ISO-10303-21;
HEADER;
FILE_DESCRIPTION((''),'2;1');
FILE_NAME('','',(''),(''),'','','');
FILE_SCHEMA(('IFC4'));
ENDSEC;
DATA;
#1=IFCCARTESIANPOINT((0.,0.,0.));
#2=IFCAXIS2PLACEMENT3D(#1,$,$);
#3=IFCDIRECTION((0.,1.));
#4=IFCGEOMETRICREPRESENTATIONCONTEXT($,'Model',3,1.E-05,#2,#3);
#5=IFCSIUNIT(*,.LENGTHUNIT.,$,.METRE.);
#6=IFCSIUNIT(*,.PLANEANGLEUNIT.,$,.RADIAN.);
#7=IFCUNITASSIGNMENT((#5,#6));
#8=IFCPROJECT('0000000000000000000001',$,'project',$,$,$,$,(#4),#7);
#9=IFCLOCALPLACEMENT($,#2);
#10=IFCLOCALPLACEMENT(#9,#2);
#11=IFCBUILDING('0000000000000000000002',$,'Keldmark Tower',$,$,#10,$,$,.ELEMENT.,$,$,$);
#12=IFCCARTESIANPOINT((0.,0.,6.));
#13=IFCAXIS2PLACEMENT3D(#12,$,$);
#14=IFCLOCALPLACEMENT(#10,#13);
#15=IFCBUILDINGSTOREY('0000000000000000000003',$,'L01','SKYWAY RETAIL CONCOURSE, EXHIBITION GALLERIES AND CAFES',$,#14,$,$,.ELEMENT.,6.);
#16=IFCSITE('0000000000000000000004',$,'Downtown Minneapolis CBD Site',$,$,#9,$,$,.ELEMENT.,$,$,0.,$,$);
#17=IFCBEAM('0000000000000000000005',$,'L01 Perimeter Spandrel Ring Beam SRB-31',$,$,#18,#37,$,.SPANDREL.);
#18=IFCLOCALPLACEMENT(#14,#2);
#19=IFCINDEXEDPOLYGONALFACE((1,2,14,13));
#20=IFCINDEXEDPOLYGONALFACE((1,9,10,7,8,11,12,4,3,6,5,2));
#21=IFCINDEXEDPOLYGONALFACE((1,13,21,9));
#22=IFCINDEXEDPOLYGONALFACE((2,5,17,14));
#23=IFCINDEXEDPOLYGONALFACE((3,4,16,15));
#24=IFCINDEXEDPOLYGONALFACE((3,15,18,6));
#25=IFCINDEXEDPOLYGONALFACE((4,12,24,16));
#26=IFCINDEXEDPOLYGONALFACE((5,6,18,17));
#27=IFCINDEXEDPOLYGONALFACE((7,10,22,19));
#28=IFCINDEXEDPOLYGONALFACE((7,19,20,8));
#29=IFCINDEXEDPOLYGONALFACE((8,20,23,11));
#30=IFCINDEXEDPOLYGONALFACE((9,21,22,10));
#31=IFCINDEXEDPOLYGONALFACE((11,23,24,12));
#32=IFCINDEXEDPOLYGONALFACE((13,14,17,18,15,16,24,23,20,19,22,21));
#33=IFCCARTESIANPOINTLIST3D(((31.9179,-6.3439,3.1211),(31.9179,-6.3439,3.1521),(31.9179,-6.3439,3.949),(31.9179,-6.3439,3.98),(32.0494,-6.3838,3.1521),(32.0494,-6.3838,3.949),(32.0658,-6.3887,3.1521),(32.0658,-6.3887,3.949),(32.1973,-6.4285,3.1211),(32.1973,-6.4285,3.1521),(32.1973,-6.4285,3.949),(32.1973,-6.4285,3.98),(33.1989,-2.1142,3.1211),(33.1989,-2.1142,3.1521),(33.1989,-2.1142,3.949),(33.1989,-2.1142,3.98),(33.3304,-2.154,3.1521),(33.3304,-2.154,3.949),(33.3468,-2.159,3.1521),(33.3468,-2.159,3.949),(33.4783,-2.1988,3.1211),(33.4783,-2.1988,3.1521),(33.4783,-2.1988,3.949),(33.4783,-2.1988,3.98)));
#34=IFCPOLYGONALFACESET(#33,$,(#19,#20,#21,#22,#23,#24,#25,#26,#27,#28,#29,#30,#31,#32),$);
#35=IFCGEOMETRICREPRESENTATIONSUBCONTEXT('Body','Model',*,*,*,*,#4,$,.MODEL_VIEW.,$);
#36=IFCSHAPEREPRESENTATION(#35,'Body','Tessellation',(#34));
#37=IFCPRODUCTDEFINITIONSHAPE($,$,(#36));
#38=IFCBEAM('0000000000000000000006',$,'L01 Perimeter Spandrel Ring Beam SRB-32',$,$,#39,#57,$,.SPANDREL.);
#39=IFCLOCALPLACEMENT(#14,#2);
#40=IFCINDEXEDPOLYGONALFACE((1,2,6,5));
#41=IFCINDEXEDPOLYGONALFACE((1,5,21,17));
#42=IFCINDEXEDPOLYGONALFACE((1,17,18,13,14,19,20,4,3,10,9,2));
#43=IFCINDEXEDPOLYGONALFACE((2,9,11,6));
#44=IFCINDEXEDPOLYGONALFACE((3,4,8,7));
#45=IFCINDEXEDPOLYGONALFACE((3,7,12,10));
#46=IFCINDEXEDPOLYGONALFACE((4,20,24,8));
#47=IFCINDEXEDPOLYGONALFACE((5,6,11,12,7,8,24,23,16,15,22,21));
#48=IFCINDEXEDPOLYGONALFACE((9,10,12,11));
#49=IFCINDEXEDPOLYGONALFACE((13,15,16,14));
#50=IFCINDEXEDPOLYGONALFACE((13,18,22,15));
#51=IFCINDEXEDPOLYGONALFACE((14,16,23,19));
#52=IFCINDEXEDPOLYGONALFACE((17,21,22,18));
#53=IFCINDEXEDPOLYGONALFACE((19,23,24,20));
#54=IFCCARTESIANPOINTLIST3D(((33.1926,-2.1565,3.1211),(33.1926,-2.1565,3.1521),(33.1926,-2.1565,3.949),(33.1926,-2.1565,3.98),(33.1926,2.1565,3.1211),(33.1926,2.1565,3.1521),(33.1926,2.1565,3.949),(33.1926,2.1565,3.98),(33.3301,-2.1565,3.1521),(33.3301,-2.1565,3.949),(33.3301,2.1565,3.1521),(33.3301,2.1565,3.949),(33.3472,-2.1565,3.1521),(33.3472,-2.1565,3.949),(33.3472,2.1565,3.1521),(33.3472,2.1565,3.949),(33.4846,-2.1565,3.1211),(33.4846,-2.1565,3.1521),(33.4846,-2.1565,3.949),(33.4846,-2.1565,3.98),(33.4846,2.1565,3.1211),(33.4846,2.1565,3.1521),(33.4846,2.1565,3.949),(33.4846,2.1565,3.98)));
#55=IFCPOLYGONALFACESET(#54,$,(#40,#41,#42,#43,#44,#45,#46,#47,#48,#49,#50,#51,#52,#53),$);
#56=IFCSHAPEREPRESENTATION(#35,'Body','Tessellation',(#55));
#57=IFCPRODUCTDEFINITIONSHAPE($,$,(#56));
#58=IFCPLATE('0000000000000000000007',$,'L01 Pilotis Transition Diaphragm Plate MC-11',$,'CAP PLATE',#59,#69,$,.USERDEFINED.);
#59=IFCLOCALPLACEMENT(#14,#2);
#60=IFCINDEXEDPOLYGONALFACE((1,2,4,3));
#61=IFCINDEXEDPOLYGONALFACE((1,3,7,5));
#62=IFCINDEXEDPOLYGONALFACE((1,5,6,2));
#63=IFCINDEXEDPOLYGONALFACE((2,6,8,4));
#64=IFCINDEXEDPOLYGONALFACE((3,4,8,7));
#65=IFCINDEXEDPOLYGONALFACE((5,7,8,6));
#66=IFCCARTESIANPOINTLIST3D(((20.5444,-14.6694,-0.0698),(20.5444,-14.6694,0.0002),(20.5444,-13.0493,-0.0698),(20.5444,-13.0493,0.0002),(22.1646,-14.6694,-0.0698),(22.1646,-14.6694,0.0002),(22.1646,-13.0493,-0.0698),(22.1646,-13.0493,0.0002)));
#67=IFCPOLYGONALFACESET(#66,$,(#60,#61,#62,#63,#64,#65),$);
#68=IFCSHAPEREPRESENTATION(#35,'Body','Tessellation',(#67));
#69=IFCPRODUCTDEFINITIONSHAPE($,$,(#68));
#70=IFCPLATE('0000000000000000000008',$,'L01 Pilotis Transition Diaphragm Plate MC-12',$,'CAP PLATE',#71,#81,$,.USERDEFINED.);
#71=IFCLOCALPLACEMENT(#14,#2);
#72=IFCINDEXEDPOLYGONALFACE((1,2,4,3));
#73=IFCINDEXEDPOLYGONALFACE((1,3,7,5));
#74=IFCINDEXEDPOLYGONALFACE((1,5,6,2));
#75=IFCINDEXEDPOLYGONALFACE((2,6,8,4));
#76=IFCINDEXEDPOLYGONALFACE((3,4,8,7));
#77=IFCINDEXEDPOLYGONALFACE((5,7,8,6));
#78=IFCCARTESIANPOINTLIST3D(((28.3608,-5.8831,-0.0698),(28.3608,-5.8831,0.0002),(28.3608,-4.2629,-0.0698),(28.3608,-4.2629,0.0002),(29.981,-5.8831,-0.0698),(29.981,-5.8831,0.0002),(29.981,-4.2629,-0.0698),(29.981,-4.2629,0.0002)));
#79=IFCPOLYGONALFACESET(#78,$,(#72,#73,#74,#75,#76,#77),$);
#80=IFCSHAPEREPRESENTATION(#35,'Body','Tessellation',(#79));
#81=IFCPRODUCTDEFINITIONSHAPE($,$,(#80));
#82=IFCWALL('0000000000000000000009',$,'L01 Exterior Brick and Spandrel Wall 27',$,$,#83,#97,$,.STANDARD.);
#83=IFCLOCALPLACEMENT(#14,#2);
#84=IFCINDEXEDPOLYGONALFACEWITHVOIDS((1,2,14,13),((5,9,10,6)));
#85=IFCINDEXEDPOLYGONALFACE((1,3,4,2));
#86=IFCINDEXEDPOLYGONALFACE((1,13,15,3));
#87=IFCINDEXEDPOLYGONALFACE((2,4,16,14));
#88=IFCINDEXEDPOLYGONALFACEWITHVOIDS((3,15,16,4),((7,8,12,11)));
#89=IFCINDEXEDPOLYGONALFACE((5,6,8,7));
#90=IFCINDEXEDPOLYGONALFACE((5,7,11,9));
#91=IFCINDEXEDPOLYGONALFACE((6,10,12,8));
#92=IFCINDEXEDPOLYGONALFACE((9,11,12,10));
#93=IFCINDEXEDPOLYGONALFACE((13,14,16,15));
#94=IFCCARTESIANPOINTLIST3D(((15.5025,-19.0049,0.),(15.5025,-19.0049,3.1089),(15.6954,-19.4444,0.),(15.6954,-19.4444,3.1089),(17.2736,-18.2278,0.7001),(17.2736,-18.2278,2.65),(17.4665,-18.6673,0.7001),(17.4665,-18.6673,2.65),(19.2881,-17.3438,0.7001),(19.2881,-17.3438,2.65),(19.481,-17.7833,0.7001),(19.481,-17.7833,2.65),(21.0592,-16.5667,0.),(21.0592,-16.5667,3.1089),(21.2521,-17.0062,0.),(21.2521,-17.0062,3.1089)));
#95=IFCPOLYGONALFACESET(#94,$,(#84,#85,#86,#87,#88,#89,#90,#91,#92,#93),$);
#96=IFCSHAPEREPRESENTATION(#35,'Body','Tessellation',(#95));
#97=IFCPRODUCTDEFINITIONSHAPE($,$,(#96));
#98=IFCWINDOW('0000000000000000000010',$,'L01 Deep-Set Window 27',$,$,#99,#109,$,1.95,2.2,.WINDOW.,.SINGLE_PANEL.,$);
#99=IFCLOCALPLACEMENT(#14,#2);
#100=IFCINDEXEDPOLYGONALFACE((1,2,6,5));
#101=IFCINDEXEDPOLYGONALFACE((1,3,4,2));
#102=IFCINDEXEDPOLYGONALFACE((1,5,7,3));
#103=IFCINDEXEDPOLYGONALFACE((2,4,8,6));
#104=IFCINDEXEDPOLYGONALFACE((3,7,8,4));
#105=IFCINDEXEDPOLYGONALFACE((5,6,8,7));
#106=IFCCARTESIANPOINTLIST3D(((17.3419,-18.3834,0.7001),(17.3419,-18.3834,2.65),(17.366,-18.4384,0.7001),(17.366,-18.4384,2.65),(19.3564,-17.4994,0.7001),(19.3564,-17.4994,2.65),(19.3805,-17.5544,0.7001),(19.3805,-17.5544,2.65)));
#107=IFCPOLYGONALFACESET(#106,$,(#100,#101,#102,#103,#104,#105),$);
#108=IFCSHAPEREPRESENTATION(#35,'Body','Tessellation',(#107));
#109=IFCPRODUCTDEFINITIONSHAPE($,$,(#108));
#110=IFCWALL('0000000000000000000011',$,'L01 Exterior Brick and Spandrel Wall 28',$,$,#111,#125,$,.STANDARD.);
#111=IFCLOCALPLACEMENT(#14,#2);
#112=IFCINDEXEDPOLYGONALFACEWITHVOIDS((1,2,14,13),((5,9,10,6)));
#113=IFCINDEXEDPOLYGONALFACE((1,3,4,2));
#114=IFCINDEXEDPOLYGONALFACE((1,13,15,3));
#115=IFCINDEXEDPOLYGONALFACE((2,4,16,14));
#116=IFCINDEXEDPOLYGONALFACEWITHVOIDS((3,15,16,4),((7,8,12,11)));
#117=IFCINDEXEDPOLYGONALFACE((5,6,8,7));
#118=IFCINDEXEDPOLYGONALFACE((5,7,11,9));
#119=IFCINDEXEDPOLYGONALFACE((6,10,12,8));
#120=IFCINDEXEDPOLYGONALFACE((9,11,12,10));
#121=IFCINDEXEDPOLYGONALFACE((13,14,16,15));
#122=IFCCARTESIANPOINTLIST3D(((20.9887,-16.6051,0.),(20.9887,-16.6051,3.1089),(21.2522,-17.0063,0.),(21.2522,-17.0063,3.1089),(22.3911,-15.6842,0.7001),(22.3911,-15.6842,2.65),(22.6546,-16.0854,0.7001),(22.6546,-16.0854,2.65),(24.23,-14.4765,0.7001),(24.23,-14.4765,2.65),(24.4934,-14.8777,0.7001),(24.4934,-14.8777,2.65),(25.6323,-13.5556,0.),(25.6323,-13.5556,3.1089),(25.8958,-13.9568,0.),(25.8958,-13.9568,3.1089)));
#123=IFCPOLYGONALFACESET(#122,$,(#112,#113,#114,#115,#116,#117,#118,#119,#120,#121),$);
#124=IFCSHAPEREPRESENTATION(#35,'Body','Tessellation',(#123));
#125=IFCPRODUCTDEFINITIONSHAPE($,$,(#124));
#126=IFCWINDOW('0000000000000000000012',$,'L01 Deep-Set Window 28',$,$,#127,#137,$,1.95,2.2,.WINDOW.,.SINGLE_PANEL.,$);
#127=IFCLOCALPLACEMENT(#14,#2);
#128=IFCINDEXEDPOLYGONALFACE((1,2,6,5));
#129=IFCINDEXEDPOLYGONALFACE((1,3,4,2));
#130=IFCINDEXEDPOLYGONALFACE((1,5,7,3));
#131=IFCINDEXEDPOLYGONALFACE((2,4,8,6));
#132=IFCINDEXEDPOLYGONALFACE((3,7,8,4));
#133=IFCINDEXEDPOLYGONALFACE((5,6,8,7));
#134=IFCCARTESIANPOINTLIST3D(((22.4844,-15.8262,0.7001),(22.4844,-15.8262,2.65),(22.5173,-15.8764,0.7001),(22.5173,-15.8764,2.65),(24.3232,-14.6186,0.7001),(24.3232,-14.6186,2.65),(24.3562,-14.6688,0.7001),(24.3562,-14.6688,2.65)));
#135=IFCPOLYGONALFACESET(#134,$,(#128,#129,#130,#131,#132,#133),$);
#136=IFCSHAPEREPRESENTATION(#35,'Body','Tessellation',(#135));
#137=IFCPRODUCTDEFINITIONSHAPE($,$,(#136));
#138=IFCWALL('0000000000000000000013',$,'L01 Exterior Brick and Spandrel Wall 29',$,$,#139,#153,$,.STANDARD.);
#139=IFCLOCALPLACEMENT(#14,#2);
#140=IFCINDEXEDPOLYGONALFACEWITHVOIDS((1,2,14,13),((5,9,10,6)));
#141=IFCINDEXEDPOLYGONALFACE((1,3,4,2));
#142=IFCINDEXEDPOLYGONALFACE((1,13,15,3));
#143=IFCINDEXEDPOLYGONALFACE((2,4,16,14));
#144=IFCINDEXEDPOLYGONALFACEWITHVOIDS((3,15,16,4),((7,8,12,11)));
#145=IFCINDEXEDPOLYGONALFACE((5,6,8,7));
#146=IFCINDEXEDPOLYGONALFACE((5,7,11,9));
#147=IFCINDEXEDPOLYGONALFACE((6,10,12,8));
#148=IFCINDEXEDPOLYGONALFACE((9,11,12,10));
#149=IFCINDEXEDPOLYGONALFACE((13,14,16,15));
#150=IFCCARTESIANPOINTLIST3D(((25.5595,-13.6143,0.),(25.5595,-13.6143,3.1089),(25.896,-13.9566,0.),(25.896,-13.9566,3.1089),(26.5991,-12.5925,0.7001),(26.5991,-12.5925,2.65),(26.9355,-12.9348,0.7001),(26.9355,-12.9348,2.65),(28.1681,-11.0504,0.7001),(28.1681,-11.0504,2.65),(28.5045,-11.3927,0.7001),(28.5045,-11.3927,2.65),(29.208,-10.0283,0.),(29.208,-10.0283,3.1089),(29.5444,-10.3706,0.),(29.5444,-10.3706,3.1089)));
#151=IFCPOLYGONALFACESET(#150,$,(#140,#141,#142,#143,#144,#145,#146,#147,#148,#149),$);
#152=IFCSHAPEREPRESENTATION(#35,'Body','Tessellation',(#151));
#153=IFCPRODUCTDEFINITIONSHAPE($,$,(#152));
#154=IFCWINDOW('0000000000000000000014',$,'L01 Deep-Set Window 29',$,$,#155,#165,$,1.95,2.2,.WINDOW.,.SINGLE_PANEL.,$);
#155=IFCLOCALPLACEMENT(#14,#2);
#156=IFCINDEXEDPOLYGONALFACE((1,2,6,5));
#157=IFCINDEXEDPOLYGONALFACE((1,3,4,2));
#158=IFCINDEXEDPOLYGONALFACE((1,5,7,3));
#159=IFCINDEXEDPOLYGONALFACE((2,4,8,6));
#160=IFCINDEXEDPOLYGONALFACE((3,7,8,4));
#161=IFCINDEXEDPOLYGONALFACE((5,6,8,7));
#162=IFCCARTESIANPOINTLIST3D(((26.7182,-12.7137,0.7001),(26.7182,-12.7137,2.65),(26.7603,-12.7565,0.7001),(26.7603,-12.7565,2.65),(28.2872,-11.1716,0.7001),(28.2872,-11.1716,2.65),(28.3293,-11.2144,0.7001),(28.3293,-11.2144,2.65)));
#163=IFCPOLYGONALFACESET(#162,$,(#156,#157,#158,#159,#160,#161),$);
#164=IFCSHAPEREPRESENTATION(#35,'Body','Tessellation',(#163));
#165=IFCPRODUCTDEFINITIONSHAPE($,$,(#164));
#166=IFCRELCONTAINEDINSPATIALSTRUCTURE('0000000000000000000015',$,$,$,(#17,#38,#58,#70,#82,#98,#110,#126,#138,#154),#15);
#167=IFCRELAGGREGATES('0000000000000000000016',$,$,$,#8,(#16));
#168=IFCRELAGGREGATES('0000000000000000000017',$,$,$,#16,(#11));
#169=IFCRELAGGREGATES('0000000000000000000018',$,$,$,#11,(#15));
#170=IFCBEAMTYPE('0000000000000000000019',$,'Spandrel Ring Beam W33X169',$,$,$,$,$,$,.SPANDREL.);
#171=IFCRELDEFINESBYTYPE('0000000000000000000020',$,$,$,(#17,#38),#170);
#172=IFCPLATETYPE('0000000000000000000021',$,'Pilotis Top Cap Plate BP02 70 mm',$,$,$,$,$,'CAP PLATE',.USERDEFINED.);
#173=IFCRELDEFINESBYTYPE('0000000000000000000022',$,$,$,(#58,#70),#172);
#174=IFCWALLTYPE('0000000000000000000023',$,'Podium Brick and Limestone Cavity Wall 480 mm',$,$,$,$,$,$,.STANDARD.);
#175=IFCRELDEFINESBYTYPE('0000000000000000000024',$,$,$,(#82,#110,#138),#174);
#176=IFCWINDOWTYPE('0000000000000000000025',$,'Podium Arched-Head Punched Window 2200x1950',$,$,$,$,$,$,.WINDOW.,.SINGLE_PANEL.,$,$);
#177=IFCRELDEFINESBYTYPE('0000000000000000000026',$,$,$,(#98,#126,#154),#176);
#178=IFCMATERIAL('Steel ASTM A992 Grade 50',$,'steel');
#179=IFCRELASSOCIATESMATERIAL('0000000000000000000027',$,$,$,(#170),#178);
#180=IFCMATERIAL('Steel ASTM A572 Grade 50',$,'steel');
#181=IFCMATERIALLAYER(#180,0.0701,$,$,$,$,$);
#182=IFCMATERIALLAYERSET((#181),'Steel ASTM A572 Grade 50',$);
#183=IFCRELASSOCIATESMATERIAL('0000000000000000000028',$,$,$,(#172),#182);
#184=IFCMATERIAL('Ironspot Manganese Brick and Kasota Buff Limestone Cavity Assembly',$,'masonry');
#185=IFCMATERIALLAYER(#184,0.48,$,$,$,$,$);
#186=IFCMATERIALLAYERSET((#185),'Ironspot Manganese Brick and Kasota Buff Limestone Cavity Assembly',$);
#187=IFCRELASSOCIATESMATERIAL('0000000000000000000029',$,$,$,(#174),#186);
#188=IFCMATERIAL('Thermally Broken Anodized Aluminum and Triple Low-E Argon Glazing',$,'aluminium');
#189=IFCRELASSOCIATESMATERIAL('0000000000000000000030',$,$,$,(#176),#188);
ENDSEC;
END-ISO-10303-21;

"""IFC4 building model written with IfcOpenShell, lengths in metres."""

from ifc_helpers import new_model, si_unit, direction, frame, frame_2d, origin, origin_2d, place, context, subcontext, project, spatial, rectangle, i_section, extrude, material, layer, layer_set, material_profile, profile_set, type_object, element, fill, save


model = new_model("IFC4")

# Units and contexts
model_context = context("Model", 3, precision=1e-05, world=origin(), true_north=direction((0.0, 1.0)))
body_context = subcontext(model_context, "Body", "Model", "MODEL_VIEW")
ifc_project = project(units=[si_unit("LENGTHUNIT", "METRE"), si_unit("PLANEANGLEUNIT", "RADIAN")], contexts=[model_context])

# Site, building, storey
site_placement = place(None, origin())
site = spatial("IfcSite", under=ifc_project, at=site_placement, Name="Downtown Minneapolis CBD Site", CompositionType="ELEMENT", RefElevation=0.0)
building_placement = place(site_placement, origin())
building = spatial("IfcBuilding", under=site, at=building_placement, Name="Keldmark Tower", CompositionType="ELEMENT")
storey_placement = place(building_placement, frame((0.0, 0.0, 6.0)))
storey = spatial("IfcBuildingStorey", under=building, at=storey_placement, Name="L01", Description="SKYWAY RETAIL CONCOURSE, EXHIBITION GALLERIES AND CAFES", CompositionType="ELEMENT", Elevation=6.0)

# Beams
ifc_material_1 = material(Name="Steel ASTM A992 Grade 50", Category="steel")
ifc_material_profile_1 = material_profile(ifc_material_1, i_section(OverallWidth=0.292, OverallDepth=0.8589, WebThickness=0.0171, FlangeThickness=0.031, at=origin_2d()), Name="W33X169")
ifc_profile_set_1 = profile_set([ifc_material_profile_1], Name="Steel ASTM A992 Grade 50")
beam_type_1 = type_object("IfcBeamType", Name="Spandrel Ring Beam W33X169", PredefinedType="SPANDREL", material=ifc_profile_set_1)
beam_1_placement = place(storey_placement, frame((32.0576, -6.3862, 3.5505), z_axis=(0.289856, 0.95707, 0.0), x_axis=(-0.95707, 0.289856, 0.0)))
element("IfcBeam", 1, at=beam_1_placement, inside=storey, type_object=beam_type_1, Name="L01 Perimeter Spandrel Ring Beam SRB-31", PredefinedType="SPANDREL", context=body_context, shape_type="SweptSolid", body=[
    extrude(i_section(OverallWidth=0.292, OverallDepth=0.8589, WebThickness=0.0171, FlangeThickness=0.031, at=origin_2d()), origin(), (0.0, 0.0, 1.0), 4.4194),
])
beam_2_placement = place(storey_placement, frame((33.3386, -2.1565, 3.5505), z_axis=(0.0, 1.0, 0.0), x_axis=(-1.0, 0.0, 0.0)))
element("IfcBeam", 2, at=beam_2_placement, inside=storey, type_object=beam_type_1, Name="L01 Perimeter Spandrel Ring Beam SRB-32", PredefinedType="SPANDREL", context=body_context, shape_type="SweptSolid", body=[
    extrude(i_section(OverallWidth=0.292, OverallDepth=0.8589, WebThickness=0.0171, FlangeThickness=0.031, at=origin_2d()), origin(), (0.0, 0.0, 1.0), 4.313),
])

# Plates
ifc_material_2 = material(Name="Steel ASTM A572 Grade 50", Category="steel")
ifc_layer_1 = layer(ifc_material_2, 0.0701)
ifc_layer_set_1 = layer_set([ifc_layer_1], Name="Steel ASTM A572 Grade 50")
plate_type = type_object("IfcPlateType", Name="Pilotis Top Cap Plate BP02 70 mm", ElementType="CAP PLATE", PredefinedType="USERDEFINED", material=ifc_layer_set_1)
for number, where, z_axis, x_axis, name in (
    (3, (21.3545, -13.8594, -0.0698), (0.0, 0.0, 1.0), (1.0, 0.0, 0.0), "L01 Pilotis Transition Diaphragm Plate MC-11"),
    (4, (29.1709, -5.073, -0.0698), (0.0, 0.0, 1.0), (1.0, 0.0, 0.0), "L01 Pilotis Transition Diaphragm Plate MC-12"),
):
    element("IfcPlate", number, at=place(storey_placement, frame(where, z_axis=z_axis, x_axis=x_axis)), inside=storey, type_object=plate_type, Name=name, ObjectType="CAP PLATE", PredefinedType="USERDEFINED", context=body_context, shape_type="SweptSolid", body=[
        extrude(rectangle(XDim=1.6201, YDim=1.6201, at=origin_2d()), origin(), (0.0, 0.0, 1.0), 0.0701),
    ])

# Walls, openings, windows
ifc_material_3 = material(Name="Ironspot Manganese Brick and Kasota Buff Limestone Cavity Assembly", Category="masonry")
ifc_layer_2 = layer(ifc_material_3, 0.48)
ifc_layer_set_2 = layer_set([ifc_layer_2], Name="Ironspot Manganese Brick and Kasota Buff Limestone Cavity Assembly")
wall_type = type_object("IfcWallType", Name="Podium Brick and Limestone Cavity Wall 480 mm", PredefinedType="STANDARD", material=ifc_layer_set_2)
wall_1_placement = place(storey_placement, frame((21.1558, -16.7864, 0.0), z_axis=(0.0, 0.0, 1.0), x_axis=(-0.915721, -0.401815, 0.0)))
wall_1 = element("IfcWall", 5, at=wall_1_placement, inside=storey, type_object=wall_type, Name="L01 Exterior Brick and Spandrel Wall 27", PredefinedType="STANDARD", context=body_context, shape_type="SweptSolid", body=[
    extrude(rectangle(XDim=6.0681, YDim=0.48, at=frame_2d((3.0342, 0.0))), origin(), (0.0, 0.0, 1.0), 3.1089),
])
opening_1_placement = place(wall_1_placement, frame((1.9341, 0.0, 0.7)))
opening_1 = element("IfcOpeningElement", 6, at=opening_1_placement, cuts=wall_1, PredefinedType="OPENING", context=body_context, shape_type="SweptSolid", body=[
    extrude(rectangle(XDim=2.2, YDim=1.95, at=frame_2d((1.1001, 0.9751))), frame((0.0, 0.25, 0.0), z_axis=(0.0, -1.0, 0.0), x_axis=(1.0, 0.0, 0.0)), (0.0, 0.0, 1.0), 0.5),
])
ifc_material_4 = material(Name="Thermally Broken Anodized Aluminum and Triple Low-E Argon Glazing", Category="aluminium")
window_type = type_object("IfcWindowType", Name="Podium Arched-Head Punched Window 2200x1950", PartitioningType="SINGLE_PANEL", PredefinedType="WINDOW", material=ifc_material_4)
window_1_placement = place(opening_1_placement, origin())
window_1 = element("IfcWindow", 7, at=window_1_placement, inside=storey, type_object=window_type, Name="L01 Deep-Set Window 27", OverallHeight=1.95, OverallWidth=2.2, PartitioningType="SINGLE_PANEL", PredefinedType="WINDOW", context=body_context, shape_type="SweptSolid", body=[
    extrude(rectangle(XDim=2.2, YDim=1.95, at=frame_2d((1.1001, 0.9751))), frame((0.0, -0.01, 0.0), z_axis=(0.0, -1.0, 0.0), x_axis=(1.0, 0.0, 0.0)), (0.0, 0.0, 1.0), 0.0601),
])
fill(opening_1, window_1)
wall_2_placement = place(storey_placement, frame((25.7642, -13.7561, 0.0), z_axis=(0.0, 0.0, 1.0), x_axis=(-0.835864, -0.548937, 0.0)))
wall_2 = element("IfcWall", 8, at=wall_2_placement, inside=storey, type_object=wall_type, Name="L01 Exterior Brick and Spandrel Wall 28", PredefinedType="STANDARD", context=body_context, shape_type="SweptSolid", body=[
    extrude(rectangle(XDim=5.5554, YDim=0.48, at=frame_2d((2.7778, 0.0))), origin(), (0.0, 0.0, 1.0), 3.1089),
])
opening_2_placement = place(wall_2_placement, frame((1.6777, 0.0, 0.7)))
opening_2 = element("IfcOpeningElement", 9, at=opening_2_placement, cuts=wall_2, PredefinedType="OPENING", context=body_context, shape_type="SweptSolid", body=[
    extrude(rectangle(XDim=2.2, YDim=1.95, at=frame_2d((1.1001, 0.9751))), frame((0.0, 0.25, 0.0), z_axis=(0.0, -1.0, 0.0), x_axis=(1.0, 0.0, 0.0)), (0.0, 0.0, 1.0), 0.5),
])
window_2_placement = place(opening_2_placement, origin())
window_2 = element("IfcWindow", 10, at=window_2_placement, inside=storey, type_object=window_type, Name="L01 Deep-Set Window 28", OverallHeight=1.95, OverallWidth=2.2, PartitioningType="SINGLE_PANEL", PredefinedType="WINDOW", context=body_context, shape_type="SweptSolid", body=[
    extrude(rectangle(XDim=2.2, YDim=1.95, at=frame_2d((1.1001, 0.9751))), frame((0.0, -0.01, 0.0), z_axis=(0.0, -1.0, 0.0), x_axis=(1.0, 0.0, 0.0)), (0.0, 0.0, 1.0), 0.0601),
])
fill(opening_2, window_2)
wall_3_placement = place(storey_placement, frame((29.3762, -10.1995, 0.0), z_axis=(0.0, 0.0, 1.0), x_axis=(-0.713189, -0.700972, 0.0)))
wall_3 = element("IfcWall", 11, at=wall_3_placement, inside=storey, type_object=wall_type, Name="L01 Exterior Brick and Spandrel Wall 29", PredefinedType="STANDARD", context=body_context, shape_type="SweptSolid", body=[
    extrude(rectangle(XDim=5.1157, YDim=0.48, at=frame_2d((2.5579, 0.0))), origin(), (0.0, 0.0, 1.0), 3.1089),
])
opening_3_placement = place(wall_3_placement, frame((1.458, 0.0, 0.7)))
opening_3 = element("IfcOpeningElement", 12, at=opening_3_placement, cuts=wall_3, PredefinedType="OPENING", context=body_context, shape_type="SweptSolid", body=[
    extrude(rectangle(XDim=2.2, YDim=1.95, at=frame_2d((1.1001, 0.9751))), frame((0.0, 0.25, 0.0), z_axis=(0.0, -1.0, 0.0), x_axis=(1.0, 0.0, 0.0)), (0.0, 0.0, 1.0), 0.5),
])
window_3_placement = place(opening_3_placement, origin())
window_3 = element("IfcWindow", 13, at=window_3_placement, inside=storey, type_object=window_type, Name="L01 Deep-Set Window 29", OverallHeight=1.95, OverallWidth=2.2, PartitioningType="SINGLE_PANEL", PredefinedType="WINDOW", context=body_context, shape_type="SweptSolid", body=[
    extrude(rectangle(XDim=2.2, YDim=1.95, at=frame_2d((1.1001, 0.9751))), frame((0.0, -0.01, 0.0), z_axis=(0.0, -1.0, 0.0), x_axis=(1.0, 0.0, 0.0)), (0.0, 0.0, 1.0), 0.0601),
])
fill(opening_3, window_3)

save(model, "model.ifc")
